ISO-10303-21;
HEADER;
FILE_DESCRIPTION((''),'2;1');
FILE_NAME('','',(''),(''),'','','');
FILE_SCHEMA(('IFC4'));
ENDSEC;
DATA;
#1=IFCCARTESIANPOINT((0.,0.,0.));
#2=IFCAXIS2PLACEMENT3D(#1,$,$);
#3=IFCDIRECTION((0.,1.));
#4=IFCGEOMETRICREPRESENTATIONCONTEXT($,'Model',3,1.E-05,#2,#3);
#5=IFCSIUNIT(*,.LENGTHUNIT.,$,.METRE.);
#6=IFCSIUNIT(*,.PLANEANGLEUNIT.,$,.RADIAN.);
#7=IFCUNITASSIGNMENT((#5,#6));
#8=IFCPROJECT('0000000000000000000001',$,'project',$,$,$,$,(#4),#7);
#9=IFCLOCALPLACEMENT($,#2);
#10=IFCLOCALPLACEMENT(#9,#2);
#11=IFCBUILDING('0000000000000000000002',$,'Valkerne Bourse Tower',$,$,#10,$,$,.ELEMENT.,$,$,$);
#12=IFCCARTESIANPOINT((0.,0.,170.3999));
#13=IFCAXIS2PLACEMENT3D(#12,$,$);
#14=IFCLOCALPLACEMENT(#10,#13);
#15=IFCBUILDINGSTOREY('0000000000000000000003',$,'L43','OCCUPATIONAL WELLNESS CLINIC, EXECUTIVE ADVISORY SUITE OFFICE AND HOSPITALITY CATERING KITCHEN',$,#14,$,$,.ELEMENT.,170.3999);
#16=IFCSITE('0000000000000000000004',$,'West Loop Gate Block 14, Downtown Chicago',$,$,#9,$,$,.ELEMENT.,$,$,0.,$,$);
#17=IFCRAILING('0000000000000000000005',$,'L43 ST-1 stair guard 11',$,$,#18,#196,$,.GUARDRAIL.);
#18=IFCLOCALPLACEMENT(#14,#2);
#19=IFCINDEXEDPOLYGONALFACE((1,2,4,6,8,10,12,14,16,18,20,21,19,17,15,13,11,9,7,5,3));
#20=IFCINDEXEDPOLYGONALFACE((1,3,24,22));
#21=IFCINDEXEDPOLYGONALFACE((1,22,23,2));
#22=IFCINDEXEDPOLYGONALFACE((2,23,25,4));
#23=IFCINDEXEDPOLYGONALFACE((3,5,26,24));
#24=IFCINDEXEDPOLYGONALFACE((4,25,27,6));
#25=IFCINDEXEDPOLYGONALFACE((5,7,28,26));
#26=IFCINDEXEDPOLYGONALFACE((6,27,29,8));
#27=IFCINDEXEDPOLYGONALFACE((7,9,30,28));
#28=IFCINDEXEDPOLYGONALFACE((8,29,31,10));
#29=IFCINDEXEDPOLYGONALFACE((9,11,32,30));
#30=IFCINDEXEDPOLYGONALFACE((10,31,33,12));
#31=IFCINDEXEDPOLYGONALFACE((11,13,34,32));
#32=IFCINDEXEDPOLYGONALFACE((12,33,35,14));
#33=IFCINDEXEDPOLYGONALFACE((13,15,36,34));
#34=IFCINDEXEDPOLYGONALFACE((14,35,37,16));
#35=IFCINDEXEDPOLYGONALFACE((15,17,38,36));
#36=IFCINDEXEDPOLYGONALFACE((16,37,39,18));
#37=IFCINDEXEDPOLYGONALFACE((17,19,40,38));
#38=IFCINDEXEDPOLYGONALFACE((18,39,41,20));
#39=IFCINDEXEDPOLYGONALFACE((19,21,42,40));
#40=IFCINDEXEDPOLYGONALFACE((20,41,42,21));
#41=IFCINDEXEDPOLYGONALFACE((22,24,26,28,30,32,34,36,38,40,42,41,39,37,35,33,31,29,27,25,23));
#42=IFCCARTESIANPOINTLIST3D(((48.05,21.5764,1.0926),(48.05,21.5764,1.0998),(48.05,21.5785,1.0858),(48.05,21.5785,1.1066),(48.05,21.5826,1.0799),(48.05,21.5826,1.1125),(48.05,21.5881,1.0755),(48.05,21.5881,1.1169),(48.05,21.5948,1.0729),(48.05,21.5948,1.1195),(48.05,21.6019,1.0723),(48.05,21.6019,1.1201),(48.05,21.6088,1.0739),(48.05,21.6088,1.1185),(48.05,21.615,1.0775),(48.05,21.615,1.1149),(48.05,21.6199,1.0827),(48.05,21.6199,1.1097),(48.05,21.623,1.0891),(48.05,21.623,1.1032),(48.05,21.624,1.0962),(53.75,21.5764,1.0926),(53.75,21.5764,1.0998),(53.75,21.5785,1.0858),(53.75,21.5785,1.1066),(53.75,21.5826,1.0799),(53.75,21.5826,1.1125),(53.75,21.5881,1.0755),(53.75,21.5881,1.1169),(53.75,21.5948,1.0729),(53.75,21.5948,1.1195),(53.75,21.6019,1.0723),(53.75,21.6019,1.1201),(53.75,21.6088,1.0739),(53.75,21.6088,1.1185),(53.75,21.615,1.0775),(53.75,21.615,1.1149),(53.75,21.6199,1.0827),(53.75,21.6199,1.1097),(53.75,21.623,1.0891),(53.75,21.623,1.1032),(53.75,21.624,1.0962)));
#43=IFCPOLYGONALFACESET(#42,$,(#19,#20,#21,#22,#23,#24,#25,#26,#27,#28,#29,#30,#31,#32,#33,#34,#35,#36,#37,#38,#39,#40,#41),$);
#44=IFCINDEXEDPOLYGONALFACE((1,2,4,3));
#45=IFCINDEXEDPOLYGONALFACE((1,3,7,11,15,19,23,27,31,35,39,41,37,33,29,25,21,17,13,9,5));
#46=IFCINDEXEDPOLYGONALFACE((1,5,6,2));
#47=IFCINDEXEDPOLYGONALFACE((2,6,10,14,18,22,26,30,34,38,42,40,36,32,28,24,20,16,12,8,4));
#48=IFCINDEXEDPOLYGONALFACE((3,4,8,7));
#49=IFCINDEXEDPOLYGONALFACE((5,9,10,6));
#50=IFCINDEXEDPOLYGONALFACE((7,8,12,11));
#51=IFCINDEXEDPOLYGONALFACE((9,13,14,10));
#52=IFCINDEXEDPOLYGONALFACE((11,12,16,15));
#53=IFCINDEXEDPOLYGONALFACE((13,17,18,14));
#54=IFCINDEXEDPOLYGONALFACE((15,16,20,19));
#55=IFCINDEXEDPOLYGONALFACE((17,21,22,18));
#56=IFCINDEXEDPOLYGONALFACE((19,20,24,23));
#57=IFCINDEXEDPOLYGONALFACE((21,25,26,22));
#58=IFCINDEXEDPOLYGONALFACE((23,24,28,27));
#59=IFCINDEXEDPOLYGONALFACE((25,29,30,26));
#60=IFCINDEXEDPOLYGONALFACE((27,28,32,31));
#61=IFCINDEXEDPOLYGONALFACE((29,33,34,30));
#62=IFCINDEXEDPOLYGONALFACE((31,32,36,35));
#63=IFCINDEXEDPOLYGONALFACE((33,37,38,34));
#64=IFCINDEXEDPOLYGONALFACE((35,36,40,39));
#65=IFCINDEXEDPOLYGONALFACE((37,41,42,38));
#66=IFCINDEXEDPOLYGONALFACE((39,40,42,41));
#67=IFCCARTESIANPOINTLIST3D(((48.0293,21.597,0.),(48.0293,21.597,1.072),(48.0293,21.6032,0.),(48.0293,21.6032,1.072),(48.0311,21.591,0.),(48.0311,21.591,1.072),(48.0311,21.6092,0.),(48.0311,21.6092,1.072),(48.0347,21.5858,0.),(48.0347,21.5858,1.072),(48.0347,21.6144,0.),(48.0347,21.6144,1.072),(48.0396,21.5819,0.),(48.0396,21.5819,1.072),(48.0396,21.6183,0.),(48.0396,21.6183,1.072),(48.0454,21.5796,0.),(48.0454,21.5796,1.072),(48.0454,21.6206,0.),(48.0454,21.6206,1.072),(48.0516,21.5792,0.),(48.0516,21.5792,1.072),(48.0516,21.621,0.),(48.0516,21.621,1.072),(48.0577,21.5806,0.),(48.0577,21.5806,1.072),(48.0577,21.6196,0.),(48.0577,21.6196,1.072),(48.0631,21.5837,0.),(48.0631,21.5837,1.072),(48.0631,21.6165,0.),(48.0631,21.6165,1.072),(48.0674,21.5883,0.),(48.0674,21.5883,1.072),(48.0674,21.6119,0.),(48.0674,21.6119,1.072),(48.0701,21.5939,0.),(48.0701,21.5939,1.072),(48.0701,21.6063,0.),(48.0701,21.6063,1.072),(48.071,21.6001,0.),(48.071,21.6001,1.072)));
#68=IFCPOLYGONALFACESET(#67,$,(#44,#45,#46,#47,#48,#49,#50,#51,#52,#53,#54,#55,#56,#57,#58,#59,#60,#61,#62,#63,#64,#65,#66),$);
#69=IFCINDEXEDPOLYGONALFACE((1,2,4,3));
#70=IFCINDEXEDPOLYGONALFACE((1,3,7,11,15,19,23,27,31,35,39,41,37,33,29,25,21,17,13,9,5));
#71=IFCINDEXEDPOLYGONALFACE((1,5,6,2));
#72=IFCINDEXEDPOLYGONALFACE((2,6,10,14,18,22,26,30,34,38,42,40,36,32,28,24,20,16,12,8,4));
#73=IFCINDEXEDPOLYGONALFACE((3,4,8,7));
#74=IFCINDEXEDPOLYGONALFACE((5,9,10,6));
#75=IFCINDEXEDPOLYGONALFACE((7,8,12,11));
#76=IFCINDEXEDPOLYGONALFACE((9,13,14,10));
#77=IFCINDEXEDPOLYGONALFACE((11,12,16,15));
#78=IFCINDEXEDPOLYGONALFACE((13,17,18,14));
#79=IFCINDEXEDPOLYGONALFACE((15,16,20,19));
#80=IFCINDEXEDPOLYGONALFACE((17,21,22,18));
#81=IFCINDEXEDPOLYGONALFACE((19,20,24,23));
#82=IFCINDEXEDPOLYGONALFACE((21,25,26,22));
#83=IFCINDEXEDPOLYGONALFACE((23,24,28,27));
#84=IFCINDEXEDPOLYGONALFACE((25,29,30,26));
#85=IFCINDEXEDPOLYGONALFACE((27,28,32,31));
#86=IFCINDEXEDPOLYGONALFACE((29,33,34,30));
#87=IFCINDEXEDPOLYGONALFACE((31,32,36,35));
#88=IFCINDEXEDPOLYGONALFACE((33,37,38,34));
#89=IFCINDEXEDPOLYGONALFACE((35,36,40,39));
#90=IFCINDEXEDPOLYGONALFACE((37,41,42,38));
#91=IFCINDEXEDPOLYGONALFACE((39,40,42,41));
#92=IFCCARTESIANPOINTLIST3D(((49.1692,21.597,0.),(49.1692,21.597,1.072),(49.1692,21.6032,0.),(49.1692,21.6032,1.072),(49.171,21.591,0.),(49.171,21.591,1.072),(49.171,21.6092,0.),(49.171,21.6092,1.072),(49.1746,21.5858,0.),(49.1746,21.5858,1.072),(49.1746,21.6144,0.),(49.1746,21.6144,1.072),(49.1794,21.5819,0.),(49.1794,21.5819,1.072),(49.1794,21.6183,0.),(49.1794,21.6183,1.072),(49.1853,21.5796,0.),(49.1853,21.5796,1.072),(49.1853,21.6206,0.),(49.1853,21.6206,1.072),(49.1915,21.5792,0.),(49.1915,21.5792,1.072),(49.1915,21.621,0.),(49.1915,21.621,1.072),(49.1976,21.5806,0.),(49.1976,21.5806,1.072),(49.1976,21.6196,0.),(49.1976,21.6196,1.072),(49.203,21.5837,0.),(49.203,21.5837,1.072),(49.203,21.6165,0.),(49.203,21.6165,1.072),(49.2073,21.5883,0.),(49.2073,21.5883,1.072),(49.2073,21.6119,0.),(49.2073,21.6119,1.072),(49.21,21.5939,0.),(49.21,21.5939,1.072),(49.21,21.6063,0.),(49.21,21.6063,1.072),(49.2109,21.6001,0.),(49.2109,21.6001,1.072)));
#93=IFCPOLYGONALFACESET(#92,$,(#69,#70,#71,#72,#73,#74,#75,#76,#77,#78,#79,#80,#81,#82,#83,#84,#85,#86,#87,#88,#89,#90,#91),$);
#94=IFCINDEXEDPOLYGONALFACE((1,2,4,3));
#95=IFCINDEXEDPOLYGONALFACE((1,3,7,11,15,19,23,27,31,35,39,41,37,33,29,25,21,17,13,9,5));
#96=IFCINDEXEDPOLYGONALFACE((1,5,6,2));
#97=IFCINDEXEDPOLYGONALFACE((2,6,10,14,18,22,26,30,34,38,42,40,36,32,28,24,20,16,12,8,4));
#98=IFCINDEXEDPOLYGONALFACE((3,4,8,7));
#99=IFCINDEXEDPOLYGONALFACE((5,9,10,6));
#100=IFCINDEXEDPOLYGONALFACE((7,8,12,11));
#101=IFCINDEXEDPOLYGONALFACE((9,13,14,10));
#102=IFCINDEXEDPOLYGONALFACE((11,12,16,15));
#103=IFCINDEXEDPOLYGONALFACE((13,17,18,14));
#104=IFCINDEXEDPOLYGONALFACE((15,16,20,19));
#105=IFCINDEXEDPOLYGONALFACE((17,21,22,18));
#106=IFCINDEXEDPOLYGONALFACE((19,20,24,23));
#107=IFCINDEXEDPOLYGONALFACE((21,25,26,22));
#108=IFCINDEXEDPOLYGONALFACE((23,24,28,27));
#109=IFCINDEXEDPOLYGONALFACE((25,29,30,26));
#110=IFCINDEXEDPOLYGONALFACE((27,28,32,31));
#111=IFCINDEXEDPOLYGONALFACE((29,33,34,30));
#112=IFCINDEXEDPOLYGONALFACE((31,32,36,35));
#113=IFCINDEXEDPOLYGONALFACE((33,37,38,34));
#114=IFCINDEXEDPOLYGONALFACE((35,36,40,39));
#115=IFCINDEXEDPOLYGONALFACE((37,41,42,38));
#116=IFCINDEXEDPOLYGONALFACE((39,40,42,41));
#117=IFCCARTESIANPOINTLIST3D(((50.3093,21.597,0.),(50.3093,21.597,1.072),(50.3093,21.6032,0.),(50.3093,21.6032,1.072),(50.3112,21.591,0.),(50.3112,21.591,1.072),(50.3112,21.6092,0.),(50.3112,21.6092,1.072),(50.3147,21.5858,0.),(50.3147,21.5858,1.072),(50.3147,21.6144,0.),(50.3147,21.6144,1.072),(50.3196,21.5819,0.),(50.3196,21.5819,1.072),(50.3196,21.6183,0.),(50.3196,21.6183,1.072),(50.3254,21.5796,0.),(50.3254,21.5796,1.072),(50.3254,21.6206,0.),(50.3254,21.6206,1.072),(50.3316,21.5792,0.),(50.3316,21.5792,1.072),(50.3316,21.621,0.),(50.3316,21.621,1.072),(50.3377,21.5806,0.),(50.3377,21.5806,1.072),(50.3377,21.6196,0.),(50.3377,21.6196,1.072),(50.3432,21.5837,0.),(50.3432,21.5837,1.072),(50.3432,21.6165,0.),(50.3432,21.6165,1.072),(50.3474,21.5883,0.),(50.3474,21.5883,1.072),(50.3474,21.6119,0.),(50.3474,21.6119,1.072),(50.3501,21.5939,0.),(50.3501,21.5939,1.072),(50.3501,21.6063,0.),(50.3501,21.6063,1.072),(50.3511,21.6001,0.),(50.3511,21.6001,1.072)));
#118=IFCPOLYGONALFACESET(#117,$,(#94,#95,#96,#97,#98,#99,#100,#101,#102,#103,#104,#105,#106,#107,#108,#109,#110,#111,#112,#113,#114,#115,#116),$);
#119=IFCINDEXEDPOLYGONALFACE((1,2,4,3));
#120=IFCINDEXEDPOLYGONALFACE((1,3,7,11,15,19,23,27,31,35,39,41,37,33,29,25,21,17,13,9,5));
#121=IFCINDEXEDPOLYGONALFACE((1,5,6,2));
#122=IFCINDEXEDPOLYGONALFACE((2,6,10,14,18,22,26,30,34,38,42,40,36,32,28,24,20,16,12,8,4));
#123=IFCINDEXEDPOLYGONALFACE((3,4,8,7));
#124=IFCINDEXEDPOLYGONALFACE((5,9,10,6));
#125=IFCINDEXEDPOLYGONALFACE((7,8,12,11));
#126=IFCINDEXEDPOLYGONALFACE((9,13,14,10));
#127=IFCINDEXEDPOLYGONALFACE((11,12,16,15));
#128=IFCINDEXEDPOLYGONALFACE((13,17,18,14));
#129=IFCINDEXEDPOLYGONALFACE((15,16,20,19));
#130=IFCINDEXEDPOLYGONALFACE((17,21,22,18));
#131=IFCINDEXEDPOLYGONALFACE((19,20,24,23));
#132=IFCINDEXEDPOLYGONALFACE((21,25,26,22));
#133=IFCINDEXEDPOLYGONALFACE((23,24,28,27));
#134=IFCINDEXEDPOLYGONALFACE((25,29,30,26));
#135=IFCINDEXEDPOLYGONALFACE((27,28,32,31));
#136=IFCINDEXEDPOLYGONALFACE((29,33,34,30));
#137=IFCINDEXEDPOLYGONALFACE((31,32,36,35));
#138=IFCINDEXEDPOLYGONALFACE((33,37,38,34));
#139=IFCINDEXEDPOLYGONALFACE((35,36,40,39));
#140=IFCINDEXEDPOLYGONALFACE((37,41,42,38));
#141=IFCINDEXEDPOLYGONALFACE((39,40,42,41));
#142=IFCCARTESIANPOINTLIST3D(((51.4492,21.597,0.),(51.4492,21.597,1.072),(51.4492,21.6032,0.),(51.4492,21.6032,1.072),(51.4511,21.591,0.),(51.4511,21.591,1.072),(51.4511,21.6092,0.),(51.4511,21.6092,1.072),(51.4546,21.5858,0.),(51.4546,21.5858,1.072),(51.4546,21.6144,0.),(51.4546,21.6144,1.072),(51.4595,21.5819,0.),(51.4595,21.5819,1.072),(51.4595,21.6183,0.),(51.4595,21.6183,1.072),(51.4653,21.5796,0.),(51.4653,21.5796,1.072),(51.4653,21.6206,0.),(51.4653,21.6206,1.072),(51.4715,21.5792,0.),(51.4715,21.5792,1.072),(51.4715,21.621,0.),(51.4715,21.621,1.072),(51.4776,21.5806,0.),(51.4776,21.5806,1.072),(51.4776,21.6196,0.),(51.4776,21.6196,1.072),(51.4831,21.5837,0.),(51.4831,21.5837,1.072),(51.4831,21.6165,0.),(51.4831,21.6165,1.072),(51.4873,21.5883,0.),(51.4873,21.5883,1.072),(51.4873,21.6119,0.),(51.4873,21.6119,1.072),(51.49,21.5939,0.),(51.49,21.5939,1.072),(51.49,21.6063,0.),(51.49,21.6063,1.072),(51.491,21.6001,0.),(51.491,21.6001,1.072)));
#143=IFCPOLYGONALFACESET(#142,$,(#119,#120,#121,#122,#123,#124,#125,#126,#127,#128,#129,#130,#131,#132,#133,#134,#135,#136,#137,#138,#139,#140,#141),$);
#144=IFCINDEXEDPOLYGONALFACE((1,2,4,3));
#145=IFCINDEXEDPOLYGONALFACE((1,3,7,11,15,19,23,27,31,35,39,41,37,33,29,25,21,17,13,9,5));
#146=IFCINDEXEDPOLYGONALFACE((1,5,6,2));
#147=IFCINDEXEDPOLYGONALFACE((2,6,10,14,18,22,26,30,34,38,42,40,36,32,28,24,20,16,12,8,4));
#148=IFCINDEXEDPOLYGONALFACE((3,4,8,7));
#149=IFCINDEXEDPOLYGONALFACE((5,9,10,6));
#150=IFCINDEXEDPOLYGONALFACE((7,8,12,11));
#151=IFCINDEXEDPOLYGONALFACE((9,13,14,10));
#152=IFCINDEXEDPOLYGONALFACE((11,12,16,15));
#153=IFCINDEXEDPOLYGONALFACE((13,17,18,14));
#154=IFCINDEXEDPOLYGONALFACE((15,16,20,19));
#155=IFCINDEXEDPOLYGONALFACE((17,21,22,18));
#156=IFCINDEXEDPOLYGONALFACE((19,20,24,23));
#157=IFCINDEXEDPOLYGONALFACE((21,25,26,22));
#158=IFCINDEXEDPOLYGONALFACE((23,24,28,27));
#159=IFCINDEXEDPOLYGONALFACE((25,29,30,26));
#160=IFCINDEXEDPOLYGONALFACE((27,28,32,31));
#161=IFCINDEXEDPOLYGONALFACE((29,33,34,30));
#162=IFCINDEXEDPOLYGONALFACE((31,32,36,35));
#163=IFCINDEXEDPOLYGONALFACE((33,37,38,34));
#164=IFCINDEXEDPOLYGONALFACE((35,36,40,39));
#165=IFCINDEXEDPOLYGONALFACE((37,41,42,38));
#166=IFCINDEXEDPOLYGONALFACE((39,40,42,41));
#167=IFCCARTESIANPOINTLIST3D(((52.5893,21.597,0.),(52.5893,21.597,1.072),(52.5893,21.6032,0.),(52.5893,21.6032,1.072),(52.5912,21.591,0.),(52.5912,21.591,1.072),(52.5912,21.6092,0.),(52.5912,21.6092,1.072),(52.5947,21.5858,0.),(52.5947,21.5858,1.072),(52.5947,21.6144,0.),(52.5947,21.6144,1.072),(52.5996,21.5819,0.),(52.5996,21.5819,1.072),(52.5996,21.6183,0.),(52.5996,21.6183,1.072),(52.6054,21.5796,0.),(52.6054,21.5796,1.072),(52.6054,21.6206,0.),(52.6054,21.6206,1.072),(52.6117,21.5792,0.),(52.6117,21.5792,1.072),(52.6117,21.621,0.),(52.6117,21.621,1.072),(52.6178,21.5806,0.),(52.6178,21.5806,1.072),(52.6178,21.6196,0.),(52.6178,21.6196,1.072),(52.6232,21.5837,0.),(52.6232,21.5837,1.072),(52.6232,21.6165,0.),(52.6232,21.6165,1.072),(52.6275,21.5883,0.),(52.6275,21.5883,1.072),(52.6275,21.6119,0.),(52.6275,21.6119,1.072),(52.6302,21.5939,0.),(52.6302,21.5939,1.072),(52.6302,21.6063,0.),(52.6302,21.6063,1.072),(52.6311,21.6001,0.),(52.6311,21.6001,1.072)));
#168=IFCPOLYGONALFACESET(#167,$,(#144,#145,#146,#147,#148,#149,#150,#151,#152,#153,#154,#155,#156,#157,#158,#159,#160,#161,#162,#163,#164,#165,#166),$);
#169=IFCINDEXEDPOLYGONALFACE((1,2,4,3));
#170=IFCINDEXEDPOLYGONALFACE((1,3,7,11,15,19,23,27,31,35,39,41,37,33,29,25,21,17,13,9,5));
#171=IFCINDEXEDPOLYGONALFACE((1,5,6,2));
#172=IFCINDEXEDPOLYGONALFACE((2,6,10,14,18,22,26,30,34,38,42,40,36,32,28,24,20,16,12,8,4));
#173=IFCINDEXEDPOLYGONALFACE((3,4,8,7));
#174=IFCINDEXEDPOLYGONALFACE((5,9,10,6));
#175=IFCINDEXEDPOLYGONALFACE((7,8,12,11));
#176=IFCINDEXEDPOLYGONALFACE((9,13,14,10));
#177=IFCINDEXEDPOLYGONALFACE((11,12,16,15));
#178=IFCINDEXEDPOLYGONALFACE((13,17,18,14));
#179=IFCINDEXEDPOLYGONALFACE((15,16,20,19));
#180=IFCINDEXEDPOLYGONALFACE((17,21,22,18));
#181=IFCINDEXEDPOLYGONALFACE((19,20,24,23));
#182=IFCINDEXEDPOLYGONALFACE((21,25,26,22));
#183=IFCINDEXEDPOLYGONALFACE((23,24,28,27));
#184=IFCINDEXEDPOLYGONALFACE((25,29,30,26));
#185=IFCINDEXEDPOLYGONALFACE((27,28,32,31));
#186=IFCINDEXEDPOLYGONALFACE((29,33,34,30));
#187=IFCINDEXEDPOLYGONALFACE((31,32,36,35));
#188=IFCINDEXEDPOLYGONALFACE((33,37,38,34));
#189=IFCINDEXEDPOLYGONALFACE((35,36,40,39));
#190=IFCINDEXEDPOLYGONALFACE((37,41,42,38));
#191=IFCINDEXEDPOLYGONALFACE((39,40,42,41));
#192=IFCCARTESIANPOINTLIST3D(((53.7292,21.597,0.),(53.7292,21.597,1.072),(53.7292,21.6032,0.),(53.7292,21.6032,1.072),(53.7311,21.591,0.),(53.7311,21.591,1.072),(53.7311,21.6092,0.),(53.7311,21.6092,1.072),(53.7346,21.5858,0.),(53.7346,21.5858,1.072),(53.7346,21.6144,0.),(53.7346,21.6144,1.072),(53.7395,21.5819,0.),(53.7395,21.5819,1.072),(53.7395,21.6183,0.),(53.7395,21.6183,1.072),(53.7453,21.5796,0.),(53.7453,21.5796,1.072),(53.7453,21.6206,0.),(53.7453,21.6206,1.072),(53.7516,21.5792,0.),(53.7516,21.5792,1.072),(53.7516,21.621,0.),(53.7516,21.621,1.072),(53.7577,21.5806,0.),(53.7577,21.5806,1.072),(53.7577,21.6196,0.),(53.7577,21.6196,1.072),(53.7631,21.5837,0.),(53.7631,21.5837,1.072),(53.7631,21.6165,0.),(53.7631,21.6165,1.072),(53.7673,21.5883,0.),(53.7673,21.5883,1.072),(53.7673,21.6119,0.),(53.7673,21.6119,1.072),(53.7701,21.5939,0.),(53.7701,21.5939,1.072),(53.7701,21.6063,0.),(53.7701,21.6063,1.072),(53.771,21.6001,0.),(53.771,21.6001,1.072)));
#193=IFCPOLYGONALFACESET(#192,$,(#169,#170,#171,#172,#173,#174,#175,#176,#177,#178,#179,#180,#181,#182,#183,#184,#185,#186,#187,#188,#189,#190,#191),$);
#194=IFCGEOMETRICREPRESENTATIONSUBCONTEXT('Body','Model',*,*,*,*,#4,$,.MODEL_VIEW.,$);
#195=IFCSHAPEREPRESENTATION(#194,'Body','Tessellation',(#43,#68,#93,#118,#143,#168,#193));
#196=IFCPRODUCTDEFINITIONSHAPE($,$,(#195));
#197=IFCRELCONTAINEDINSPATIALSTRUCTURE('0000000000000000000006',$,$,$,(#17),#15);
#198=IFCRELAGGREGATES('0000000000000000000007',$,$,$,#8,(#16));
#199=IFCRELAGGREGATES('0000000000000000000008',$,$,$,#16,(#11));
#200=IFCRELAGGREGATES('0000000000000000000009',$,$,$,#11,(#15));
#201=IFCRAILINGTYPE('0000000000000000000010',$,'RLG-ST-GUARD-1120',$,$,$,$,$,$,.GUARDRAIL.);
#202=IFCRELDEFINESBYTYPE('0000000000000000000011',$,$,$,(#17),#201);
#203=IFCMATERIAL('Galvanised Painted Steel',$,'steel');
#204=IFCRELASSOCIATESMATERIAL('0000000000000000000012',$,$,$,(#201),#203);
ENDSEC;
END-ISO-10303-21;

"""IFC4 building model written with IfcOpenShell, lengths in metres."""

from ifc_helpers import new_model, si_unit, direction, frame, origin, origin_2d, place, context, subcontext, project, spatial, circle, extrude, material, type_object, element, save


model = new_model("IFC4")

# Units and contexts
model_context = context("Model", 3, precision=1e-05, world=origin(), true_north=direction((0.0, 1.0)))
body_context = subcontext(model_context, "Body", "Model", "MODEL_VIEW")
ifc_project = project(units=[si_unit("LENGTHUNIT", "METRE"), si_unit("PLANEANGLEUNIT", "RADIAN")], contexts=[model_context])

# Site, building, storey
site_placement = place(None, origin())
site = spatial("IfcSite", under=ifc_project, at=site_placement, Name="West Loop Gate Block 14, Downtown Chicago", CompositionType="ELEMENT", RefElevation=0.0)
building_placement = place(site_placement, origin())
building = spatial("IfcBuilding", under=site, at=building_placement, Name="Valkerne Bourse Tower", CompositionType="ELEMENT")
storey_placement = place(building_placement, frame((0.0, 0.0, 170.3999)))
storey = spatial("IfcBuildingStorey", under=building, at=storey_placement, Name="L43", Description="OCCUPATIONAL WELLNESS CLINIC, EXECUTIVE ADVISORY SUITE OFFICE AND HOSPITALITY CATERING KITCHEN", CompositionType="ELEMENT", Elevation=170.3999)

# Shared definitions
ifc_material_1 = material(Name="Galvanised Painted Steel", Category="steel")

# Railing
railing_type_1 = type_object("IfcRailingType", Name="RLG-ST-GUARD-1120", PredefinedType="GUARDRAIL", material=ifc_material_1)
for number, where, name in (
    (1, (48.05, 21.6001, 0.0), "L43 ST-1 stair guard 11"),
):
    element("IfcRailing", number, at=place(storey_placement, frame(where)), inside=storey, type_object=railing_type_1, Name=name, PredefinedType="GUARDRAIL", context=body_context, shape_type="SweptSolid", body=[
        extrude(circle(Radius=0.0239, at=origin_2d()), frame((0.0, 0.0, 1.0962), z_axis=(1.0, 0.0, 0.0), x_axis=(0.0, 1.0, 0.0)), (0.0, 0.0, 1.0), 5.7),
        extrude(circle(Radius=0.021, at=origin_2d()), origin(), (0.0, 0.0, 1.0), 1.072),
        extrude(circle(Radius=0.021, at=origin_2d()), frame((1.1399, 0.0, 0.0)), (0.0, 0.0, 1.0), 1.072),
        extrude(circle(Radius=0.021, at=origin_2d()), frame((2.28, 0.0, 0.0)), (0.0, 0.0, 1.0), 1.072),
        extrude(circle(Radius=0.021, at=origin_2d()), frame((3.4199, 0.0, 0.0)), (0.0, 0.0, 1.0), 1.072),
        extrude(circle(Radius=0.021, at=origin_2d()), frame((4.5601, 0.0, 0.0)), (0.0, 0.0, 1.0), 1.072),
        extrude(circle(Radius=0.021, at=origin_2d()), frame((5.7, 0.0, 0.0)), (0.0, 0.0, 1.0), 1.072),
    ])

save(model, "model.ifc")
